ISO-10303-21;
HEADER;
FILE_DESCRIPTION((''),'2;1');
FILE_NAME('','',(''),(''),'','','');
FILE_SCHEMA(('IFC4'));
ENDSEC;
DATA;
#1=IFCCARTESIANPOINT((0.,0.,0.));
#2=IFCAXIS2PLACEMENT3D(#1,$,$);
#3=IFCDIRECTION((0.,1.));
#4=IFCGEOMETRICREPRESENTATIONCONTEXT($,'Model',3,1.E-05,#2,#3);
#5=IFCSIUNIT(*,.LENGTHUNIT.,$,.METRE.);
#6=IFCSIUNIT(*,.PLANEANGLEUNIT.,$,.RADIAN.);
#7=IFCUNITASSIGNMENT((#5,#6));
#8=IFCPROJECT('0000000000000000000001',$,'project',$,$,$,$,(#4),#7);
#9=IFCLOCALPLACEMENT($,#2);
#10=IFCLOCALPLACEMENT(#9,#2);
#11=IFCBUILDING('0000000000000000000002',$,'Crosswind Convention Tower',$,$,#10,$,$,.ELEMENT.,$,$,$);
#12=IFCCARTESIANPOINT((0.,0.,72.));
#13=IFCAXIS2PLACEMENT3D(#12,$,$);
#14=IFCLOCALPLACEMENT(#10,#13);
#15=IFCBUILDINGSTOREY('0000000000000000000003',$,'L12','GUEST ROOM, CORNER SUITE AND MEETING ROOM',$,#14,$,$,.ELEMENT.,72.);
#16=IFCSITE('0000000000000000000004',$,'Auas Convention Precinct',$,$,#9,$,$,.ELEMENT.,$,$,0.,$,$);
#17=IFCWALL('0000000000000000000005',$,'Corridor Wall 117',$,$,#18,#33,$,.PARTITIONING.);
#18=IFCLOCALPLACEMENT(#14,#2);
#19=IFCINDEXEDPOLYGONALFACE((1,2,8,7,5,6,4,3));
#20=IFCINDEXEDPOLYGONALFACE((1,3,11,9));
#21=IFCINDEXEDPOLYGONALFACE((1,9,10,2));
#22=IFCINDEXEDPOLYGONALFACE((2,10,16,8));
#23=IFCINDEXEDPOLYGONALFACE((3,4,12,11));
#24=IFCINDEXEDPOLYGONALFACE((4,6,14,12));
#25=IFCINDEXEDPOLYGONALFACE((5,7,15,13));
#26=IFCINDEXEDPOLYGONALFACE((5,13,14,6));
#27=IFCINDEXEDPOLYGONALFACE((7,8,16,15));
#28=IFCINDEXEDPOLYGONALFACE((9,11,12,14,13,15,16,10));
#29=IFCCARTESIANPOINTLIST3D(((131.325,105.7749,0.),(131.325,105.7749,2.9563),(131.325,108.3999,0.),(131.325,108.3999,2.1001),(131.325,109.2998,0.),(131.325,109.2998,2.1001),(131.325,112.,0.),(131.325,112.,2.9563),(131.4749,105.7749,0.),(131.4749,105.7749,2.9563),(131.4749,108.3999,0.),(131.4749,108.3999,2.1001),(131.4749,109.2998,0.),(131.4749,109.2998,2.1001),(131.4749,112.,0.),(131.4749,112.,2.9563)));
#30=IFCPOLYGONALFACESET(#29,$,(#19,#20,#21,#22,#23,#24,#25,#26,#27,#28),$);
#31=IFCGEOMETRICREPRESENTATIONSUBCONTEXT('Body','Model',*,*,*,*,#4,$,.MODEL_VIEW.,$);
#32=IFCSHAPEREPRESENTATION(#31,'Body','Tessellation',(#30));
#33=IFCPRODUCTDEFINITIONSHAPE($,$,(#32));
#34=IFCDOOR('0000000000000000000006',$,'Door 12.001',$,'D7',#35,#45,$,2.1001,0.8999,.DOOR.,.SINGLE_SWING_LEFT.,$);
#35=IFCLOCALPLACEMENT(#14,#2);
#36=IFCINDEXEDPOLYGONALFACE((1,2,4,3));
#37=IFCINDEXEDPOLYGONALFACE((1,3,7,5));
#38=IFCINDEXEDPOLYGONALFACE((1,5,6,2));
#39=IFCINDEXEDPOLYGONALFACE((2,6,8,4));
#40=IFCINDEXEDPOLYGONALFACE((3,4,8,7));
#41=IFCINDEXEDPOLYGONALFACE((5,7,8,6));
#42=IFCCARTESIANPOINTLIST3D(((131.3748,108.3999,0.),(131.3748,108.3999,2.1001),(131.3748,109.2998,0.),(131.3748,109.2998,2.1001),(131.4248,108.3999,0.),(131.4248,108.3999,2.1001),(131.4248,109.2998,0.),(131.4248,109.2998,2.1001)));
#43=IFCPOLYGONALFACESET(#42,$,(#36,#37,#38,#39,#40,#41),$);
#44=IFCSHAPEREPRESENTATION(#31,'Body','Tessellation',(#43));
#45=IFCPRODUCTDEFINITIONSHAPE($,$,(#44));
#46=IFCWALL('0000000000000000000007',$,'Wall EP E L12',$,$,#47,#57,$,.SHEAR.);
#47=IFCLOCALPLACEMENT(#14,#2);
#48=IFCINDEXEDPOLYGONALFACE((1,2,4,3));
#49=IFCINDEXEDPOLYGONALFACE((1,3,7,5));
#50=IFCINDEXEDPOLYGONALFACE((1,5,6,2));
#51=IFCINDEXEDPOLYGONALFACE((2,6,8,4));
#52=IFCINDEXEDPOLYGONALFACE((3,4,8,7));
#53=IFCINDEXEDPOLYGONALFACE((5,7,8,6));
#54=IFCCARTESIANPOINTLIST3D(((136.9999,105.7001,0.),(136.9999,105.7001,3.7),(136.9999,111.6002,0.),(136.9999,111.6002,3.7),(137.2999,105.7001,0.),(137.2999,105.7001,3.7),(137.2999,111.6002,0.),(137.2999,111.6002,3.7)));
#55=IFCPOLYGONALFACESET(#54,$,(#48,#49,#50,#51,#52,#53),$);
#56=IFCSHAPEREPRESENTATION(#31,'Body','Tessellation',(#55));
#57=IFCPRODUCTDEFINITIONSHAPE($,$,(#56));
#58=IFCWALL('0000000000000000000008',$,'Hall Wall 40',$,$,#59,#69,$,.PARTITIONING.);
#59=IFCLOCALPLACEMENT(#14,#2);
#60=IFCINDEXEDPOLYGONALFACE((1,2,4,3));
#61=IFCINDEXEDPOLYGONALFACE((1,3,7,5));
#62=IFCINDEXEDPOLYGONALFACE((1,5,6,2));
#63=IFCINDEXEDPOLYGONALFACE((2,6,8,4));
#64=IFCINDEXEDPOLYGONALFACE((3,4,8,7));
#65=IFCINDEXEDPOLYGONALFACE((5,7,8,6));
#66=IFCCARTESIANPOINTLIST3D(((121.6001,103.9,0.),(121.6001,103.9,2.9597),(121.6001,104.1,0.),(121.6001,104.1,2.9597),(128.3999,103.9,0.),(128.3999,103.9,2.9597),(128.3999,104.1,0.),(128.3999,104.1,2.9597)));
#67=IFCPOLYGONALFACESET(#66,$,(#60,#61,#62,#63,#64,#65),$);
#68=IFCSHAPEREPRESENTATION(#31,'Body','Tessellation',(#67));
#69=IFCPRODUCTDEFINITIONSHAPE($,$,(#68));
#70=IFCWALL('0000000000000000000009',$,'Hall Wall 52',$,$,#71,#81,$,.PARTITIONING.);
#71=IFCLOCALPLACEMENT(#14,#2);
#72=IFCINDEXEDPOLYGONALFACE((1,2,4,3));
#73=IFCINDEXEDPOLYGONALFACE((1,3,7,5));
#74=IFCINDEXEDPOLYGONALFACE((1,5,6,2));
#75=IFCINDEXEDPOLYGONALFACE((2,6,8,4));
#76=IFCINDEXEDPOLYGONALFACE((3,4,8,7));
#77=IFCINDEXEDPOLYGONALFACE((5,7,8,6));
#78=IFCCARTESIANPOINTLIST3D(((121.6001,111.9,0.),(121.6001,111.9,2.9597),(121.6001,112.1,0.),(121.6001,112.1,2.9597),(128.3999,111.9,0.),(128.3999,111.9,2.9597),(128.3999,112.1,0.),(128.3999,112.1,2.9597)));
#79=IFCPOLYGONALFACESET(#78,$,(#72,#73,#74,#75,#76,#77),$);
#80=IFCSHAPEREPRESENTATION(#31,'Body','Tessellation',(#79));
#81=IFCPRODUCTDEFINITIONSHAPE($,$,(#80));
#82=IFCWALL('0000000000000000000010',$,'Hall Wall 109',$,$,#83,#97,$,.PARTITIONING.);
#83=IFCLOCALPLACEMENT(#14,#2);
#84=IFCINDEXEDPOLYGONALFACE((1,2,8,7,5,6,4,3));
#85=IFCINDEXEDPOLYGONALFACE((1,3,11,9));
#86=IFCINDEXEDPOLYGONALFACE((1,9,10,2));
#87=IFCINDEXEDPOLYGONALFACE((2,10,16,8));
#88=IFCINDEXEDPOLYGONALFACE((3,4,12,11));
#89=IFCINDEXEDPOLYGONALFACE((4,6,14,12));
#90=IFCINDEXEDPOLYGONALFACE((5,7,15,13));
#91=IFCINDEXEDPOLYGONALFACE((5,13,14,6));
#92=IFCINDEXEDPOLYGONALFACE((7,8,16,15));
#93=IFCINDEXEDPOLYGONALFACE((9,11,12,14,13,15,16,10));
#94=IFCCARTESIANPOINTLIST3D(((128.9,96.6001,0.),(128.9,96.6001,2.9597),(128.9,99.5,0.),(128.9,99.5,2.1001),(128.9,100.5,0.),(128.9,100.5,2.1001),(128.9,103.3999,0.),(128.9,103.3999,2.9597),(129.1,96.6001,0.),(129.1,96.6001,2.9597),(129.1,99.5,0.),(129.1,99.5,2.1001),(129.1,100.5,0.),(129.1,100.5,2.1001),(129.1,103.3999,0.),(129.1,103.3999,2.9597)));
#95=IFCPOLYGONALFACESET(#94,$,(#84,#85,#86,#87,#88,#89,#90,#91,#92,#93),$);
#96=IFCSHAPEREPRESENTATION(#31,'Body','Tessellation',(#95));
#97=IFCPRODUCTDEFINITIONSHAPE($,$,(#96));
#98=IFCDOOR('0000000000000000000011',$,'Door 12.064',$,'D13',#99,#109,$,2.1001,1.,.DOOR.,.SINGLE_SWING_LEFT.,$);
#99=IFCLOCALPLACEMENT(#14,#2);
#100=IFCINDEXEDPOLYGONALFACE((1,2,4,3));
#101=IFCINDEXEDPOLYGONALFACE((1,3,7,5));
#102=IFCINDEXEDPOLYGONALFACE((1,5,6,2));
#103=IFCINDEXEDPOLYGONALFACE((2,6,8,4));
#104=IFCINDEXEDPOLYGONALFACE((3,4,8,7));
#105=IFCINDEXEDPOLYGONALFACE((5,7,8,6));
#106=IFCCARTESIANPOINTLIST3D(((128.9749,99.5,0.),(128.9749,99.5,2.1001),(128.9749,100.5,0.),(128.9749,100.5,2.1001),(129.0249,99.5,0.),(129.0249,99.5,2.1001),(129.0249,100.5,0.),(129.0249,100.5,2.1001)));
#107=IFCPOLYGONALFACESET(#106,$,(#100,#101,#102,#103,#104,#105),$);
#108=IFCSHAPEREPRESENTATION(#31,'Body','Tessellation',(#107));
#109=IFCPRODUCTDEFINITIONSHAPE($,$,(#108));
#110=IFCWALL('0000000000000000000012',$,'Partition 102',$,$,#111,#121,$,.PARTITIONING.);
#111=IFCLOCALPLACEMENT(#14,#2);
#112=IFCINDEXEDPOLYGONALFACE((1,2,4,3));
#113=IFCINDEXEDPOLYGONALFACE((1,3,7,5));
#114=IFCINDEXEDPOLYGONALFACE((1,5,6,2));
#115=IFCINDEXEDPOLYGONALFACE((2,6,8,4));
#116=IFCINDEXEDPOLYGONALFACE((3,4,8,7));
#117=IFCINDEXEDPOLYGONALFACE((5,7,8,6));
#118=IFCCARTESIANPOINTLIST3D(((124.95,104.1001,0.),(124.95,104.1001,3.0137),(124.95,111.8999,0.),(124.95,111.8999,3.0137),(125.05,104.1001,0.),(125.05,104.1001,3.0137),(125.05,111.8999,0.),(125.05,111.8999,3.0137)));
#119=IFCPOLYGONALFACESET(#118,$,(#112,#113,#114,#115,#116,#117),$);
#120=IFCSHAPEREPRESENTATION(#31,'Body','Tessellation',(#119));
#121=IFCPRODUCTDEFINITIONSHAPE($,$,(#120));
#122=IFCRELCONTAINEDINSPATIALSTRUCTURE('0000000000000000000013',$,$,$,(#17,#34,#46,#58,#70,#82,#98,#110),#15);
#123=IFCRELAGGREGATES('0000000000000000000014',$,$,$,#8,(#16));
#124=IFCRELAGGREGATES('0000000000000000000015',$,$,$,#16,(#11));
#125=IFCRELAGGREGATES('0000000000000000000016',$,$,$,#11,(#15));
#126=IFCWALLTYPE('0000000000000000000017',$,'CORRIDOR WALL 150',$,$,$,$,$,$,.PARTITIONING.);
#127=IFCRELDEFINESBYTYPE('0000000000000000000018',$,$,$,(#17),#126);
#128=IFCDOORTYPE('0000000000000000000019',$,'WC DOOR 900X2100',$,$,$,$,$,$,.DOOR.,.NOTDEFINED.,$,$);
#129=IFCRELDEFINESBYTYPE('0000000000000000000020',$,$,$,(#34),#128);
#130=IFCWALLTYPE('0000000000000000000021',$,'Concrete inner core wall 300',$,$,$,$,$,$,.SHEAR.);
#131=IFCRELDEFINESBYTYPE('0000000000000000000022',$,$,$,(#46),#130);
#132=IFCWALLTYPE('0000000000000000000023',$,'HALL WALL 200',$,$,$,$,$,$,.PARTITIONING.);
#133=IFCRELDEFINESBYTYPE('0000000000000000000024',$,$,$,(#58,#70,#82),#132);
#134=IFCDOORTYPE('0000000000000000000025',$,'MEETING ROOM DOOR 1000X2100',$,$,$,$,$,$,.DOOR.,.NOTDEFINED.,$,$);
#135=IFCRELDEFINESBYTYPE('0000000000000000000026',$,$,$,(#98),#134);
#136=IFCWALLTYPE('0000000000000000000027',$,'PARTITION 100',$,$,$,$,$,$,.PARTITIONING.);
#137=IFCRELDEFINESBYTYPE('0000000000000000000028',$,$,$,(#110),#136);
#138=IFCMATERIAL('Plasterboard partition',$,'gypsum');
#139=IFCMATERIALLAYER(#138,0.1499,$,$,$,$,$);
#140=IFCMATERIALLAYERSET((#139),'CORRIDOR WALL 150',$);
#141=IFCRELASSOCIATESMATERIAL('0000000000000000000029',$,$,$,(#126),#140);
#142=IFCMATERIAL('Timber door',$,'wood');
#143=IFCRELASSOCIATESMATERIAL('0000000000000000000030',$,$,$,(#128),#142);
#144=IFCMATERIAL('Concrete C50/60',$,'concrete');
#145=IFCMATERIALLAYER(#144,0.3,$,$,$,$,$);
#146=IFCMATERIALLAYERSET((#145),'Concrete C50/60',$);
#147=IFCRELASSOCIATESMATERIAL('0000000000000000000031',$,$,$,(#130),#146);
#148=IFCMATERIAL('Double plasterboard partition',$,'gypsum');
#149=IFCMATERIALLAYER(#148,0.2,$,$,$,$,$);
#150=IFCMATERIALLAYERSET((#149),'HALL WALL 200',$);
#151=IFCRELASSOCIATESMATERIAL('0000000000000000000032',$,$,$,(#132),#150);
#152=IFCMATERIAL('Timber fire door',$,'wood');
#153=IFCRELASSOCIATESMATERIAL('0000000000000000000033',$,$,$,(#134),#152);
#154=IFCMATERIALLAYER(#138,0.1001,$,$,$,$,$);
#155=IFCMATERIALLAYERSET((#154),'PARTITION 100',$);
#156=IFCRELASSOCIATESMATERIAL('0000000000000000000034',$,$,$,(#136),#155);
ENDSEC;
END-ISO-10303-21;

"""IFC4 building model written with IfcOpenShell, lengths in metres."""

from ifc_helpers import new_model, si_unit, direction, frame, frame_2d, origin, place, context, subcontext, project, spatial, rectangle, extrude, material, layer, layer_set, type_object, element, fill, save


model = new_model("IFC4")

# Units and contexts
model_context = context("Model", 3, precision=1e-05, world=origin(), true_north=direction((0.0, 1.0)))
body_context = subcontext(model_context, "Body", "Model", "MODEL_VIEW")
ifc_project = project(units=[si_unit("LENGTHUNIT", "METRE"), si_unit("PLANEANGLEUNIT", "RADIAN")], contexts=[model_context])

# Site, building, storey
site_placement = place(None, origin())
site = spatial("IfcSite", under=ifc_project, at=site_placement, Name="Auas Convention Precinct", CompositionType="ELEMENT", RefElevation=0.0)
building_placement = place(site_placement, origin())
building = spatial("IfcBuilding", under=site, at=building_placement, Name="Crosswind Convention Tower", CompositionType="ELEMENT")
storey_placement = place(building_placement, frame((0.0, 0.0, 72.0)))
storey = spatial("IfcBuildingStorey", under=building, at=storey_placement, Name="L12", Description="GUEST ROOM, CORNER SUITE AND MEETING ROOM", CompositionType="ELEMENT", Elevation=72.0)

# Shared definitions
ifc_material_1 = material(Name="Plasterboard partition", Category="gypsum")
ifc_layer_1 = layer(ifc_material_1, 0.1499)
ifc_layer_set_1 = layer_set([ifc_layer_1], Name="CORRIDOR WALL 150")
wall_type_1 = type_object("IfcWallType", Name="CORRIDOR WALL 150", PredefinedType="PARTITIONING", material=ifc_layer_set_1)

# Wall, opening, door
ifc_material_2 = material(Name="Timber fire door", Category="wood")
wall_1_placement = place(storey_placement, frame((131.3999, 105.7749, 0.0), z_axis=(0.0, 0.0, 1.0), x_axis=(0.0, 1.0, 0.0)))
wall_1 = element("IfcWall", 1, at=wall_1_placement, inside=storey, type_object=wall_type_1, Name="Corridor Wall 117", PredefinedType="PARTITIONING", context=body_context, shape_type="SweptSolid", body=[
    extrude(rectangle(XDim=6.2251, YDim=0.1499, at=frame_2d((3.1125, 0.0))), origin(), (0.0, 0.0, 1.0), 2.9563),
])
opening_1_placement = place(wall_1_placement, frame((2.625, 0.0, 0.0)))
opening_1 = element("IfcOpeningElement", 2, at=opening_1_placement, cuts=wall_1, PredefinedType="OPENING", context=body_context, shape_type="SweptSolid", body=[
    extrude(rectangle(XDim=0.8999, YDim=2.1001, at=frame_2d((0.45, 1.05))), frame((0.0, 0.085, 0.0), z_axis=(0.0, -1.0, 0.0), x_axis=(1.0, 0.0, 0.0)), (0.0, 0.0, 1.0), 0.1699),
])
ifc_material_3 = material(Name="Timber door", Category="wood")
door_type_1 = type_object("IfcDoorType", Name="WC DOOR 900X2100", OperationType="NOTDEFINED", PredefinedType="DOOR", material=ifc_material_3)
door_1_placement = place(opening_1_placement, frame((0.8999, 0.0, 0.0), z_axis=(0.0, 0.0, 1.0), x_axis=(-1.0, 0.0, 0.0)))
door_1 = element("IfcDoor", 3, at=door_1_placement, inside=storey, type_object=door_type_1, Name="Door 12.001", ObjectType="D7", OperationType="SINGLE_SWING_LEFT", OverallHeight=2.1001, OverallWidth=0.8999, PredefinedType="DOOR", context=body_context, shape_type="SweptSolid", body=[
    extrude(rectangle(XDim=0.8999, YDim=2.1001, at=frame_2d((0.45, 1.05))), frame((0.0, 0.0249, 0.0), z_axis=(0.0, -1.0, 0.0), x_axis=(1.0, 0.0, 0.0)), (0.0, 0.0, 1.0), 0.05),
])
fill(opening_1, door_1)

# Walls
ifc_material_4 = material(Name="Concrete C50/60", Category="concrete")
ifc_layer_2 = layer(ifc_material_4, 0.3)
ifc_layer_set_2 = layer_set([ifc_layer_2], Name="Concrete C50/60")
wall_type_2 = type_object("IfcWallType", Name="Concrete inner core wall 300", PredefinedType="SHEAR", material=ifc_layer_set_2)
wall_2_placement = place(storey_placement, frame((137.1499, 105.7, 0.0), z_axis=(0.0, 0.0, 1.0), x_axis=(0.0, 1.0, 0.0)))
element("IfcWall", 4, at=wall_2_placement, inside=storey, type_object=wall_type_2, Name="Wall EP E L12", PredefinedType="SHEAR", context=body_context, shape_type="SweptSolid", body=[
    extrude(rectangle(XDim=5.9001, YDim=0.3, at=frame_2d((2.9502, 0.0))), origin(), (0.0, 0.0, 1.0), 3.7),
])
ifc_material_5 = material(Name="Double plasterboard partition", Category="gypsum")
ifc_layer_3 = layer(ifc_material_5, 0.2)
ifc_layer_set_3 = layer_set([ifc_layer_3], Name="HALL WALL 200")
wall_type_3 = type_object("IfcWallType", Name="HALL WALL 200", PredefinedType="PARTITIONING", material=ifc_layer_set_3)
for number, where, z_axis, x_axis, name in (
    (5, (121.6001, 104.0, 0.0), (0.0, 0.0, 1.0), (1.0, 0.0, 0.0), "Hall Wall 40"),
    (6, (121.6001, 112.0, 0.0), (0.0, 0.0, 1.0), (1.0, 0.0, 0.0), "Hall Wall 52"),
):
    element("IfcWall", number, at=place(storey_placement, frame(where, z_axis=z_axis, x_axis=x_axis)), inside=storey, type_object=wall_type_3, Name=name, PredefinedType="PARTITIONING", context=body_context, shape_type="SweptSolid", body=[
        extrude(rectangle(XDim=6.7998, YDim=0.2, at=frame_2d((3.3999, 0.0))), origin(), (0.0, 0.0, 1.0), 2.9597),
    ])

# Wall, opening, door
wall_3_placement = place(storey_placement, frame((129.0, 96.6001, 0.0), z_axis=(0.0, 0.0, 1.0), x_axis=(0.0, 1.0, 0.0)))
wall_3 = element("IfcWall", 7, at=wall_3_placement, inside=storey, type_object=wall_type_3, Name="Hall Wall 109", PredefinedType="PARTITIONING", context=body_context, shape_type="SweptSolid", body=[
    extrude(rectangle(XDim=6.7998, YDim=0.2, at=frame_2d((3.3999, 0.0))), origin(), (0.0, 0.0, 1.0), 2.9597),
])
opening_2_placement = place(wall_3_placement, frame((2.8999, 0.0, 0.0)))
opening_2 = element("IfcOpeningElement", 8, at=opening_2_placement, cuts=wall_3, PredefinedType="OPENING", context=body_context, shape_type="SweptSolid", body=[
    extrude(rectangle(XDim=1.0, YDim=2.1001, at=frame_2d((0.5, 1.05))), frame((0.0, 0.1099, 0.0), z_axis=(0.0, -1.0, 0.0), x_axis=(1.0, 0.0, 0.0)), (0.0, 0.0, 1.0), 0.22),
])
door_type_2 = type_object("IfcDoorType", Name="MEETING ROOM DOOR 1000X2100", OperationType="NOTDEFINED", PredefinedType="DOOR", material=ifc_material_2)
door_2_placement = place(opening_2_placement, frame((1.0, 0.0, 0.0), z_axis=(0.0, 0.0, 1.0), x_axis=(-1.0, 0.0, 0.0)))
door_2 = element("IfcDoor", 9, at=door_2_placement, inside=storey, type_object=door_type_2, Name="Door 12.064", ObjectType="D13", OperationType="SINGLE_SWING_LEFT", OverallHeight=2.1001, OverallWidth=1.0, PredefinedType="DOOR", context=body_context, shape_type="SweptSolid", body=[
    extrude(rectangle(XDim=1.0, YDim=2.1001, at=frame_2d((0.5, 1.05))), frame((0.0, 0.0249, 0.0), z_axis=(0.0, -1.0, 0.0), x_axis=(1.0, 0.0, 0.0)), (0.0, 0.0, 1.0), 0.05),
])
fill(opening_2, door_2)

# Wall
ifc_layer_4 = layer(ifc_material_1, 0.1001)
ifc_layer_set_4 = layer_set([ifc_layer_4], Name="PARTITION 100")
wall_type_4 = type_object("IfcWallType", Name="PARTITION 100", PredefinedType="PARTITIONING", material=ifc_layer_set_4)
wall_4_placement = place(storey_placement, frame((125.0, 104.1001, 0.0), z_axis=(0.0, 0.0, 1.0), x_axis=(0.0, 1.0, 0.0)))
element("IfcWall", 10, at=wall_4_placement, inside=storey, type_object=wall_type_4, Name="Partition 102", PredefinedType="PARTITIONING", context=body_context, shape_type="SweptSolid", body=[
    extrude(rectangle(XDim=7.7998, YDim=0.1001, at=frame_2d((3.8999, 0.0))), origin(), (0.0, 0.0, 1.0), 3.0137),
])

save(model, "model.ifc")
